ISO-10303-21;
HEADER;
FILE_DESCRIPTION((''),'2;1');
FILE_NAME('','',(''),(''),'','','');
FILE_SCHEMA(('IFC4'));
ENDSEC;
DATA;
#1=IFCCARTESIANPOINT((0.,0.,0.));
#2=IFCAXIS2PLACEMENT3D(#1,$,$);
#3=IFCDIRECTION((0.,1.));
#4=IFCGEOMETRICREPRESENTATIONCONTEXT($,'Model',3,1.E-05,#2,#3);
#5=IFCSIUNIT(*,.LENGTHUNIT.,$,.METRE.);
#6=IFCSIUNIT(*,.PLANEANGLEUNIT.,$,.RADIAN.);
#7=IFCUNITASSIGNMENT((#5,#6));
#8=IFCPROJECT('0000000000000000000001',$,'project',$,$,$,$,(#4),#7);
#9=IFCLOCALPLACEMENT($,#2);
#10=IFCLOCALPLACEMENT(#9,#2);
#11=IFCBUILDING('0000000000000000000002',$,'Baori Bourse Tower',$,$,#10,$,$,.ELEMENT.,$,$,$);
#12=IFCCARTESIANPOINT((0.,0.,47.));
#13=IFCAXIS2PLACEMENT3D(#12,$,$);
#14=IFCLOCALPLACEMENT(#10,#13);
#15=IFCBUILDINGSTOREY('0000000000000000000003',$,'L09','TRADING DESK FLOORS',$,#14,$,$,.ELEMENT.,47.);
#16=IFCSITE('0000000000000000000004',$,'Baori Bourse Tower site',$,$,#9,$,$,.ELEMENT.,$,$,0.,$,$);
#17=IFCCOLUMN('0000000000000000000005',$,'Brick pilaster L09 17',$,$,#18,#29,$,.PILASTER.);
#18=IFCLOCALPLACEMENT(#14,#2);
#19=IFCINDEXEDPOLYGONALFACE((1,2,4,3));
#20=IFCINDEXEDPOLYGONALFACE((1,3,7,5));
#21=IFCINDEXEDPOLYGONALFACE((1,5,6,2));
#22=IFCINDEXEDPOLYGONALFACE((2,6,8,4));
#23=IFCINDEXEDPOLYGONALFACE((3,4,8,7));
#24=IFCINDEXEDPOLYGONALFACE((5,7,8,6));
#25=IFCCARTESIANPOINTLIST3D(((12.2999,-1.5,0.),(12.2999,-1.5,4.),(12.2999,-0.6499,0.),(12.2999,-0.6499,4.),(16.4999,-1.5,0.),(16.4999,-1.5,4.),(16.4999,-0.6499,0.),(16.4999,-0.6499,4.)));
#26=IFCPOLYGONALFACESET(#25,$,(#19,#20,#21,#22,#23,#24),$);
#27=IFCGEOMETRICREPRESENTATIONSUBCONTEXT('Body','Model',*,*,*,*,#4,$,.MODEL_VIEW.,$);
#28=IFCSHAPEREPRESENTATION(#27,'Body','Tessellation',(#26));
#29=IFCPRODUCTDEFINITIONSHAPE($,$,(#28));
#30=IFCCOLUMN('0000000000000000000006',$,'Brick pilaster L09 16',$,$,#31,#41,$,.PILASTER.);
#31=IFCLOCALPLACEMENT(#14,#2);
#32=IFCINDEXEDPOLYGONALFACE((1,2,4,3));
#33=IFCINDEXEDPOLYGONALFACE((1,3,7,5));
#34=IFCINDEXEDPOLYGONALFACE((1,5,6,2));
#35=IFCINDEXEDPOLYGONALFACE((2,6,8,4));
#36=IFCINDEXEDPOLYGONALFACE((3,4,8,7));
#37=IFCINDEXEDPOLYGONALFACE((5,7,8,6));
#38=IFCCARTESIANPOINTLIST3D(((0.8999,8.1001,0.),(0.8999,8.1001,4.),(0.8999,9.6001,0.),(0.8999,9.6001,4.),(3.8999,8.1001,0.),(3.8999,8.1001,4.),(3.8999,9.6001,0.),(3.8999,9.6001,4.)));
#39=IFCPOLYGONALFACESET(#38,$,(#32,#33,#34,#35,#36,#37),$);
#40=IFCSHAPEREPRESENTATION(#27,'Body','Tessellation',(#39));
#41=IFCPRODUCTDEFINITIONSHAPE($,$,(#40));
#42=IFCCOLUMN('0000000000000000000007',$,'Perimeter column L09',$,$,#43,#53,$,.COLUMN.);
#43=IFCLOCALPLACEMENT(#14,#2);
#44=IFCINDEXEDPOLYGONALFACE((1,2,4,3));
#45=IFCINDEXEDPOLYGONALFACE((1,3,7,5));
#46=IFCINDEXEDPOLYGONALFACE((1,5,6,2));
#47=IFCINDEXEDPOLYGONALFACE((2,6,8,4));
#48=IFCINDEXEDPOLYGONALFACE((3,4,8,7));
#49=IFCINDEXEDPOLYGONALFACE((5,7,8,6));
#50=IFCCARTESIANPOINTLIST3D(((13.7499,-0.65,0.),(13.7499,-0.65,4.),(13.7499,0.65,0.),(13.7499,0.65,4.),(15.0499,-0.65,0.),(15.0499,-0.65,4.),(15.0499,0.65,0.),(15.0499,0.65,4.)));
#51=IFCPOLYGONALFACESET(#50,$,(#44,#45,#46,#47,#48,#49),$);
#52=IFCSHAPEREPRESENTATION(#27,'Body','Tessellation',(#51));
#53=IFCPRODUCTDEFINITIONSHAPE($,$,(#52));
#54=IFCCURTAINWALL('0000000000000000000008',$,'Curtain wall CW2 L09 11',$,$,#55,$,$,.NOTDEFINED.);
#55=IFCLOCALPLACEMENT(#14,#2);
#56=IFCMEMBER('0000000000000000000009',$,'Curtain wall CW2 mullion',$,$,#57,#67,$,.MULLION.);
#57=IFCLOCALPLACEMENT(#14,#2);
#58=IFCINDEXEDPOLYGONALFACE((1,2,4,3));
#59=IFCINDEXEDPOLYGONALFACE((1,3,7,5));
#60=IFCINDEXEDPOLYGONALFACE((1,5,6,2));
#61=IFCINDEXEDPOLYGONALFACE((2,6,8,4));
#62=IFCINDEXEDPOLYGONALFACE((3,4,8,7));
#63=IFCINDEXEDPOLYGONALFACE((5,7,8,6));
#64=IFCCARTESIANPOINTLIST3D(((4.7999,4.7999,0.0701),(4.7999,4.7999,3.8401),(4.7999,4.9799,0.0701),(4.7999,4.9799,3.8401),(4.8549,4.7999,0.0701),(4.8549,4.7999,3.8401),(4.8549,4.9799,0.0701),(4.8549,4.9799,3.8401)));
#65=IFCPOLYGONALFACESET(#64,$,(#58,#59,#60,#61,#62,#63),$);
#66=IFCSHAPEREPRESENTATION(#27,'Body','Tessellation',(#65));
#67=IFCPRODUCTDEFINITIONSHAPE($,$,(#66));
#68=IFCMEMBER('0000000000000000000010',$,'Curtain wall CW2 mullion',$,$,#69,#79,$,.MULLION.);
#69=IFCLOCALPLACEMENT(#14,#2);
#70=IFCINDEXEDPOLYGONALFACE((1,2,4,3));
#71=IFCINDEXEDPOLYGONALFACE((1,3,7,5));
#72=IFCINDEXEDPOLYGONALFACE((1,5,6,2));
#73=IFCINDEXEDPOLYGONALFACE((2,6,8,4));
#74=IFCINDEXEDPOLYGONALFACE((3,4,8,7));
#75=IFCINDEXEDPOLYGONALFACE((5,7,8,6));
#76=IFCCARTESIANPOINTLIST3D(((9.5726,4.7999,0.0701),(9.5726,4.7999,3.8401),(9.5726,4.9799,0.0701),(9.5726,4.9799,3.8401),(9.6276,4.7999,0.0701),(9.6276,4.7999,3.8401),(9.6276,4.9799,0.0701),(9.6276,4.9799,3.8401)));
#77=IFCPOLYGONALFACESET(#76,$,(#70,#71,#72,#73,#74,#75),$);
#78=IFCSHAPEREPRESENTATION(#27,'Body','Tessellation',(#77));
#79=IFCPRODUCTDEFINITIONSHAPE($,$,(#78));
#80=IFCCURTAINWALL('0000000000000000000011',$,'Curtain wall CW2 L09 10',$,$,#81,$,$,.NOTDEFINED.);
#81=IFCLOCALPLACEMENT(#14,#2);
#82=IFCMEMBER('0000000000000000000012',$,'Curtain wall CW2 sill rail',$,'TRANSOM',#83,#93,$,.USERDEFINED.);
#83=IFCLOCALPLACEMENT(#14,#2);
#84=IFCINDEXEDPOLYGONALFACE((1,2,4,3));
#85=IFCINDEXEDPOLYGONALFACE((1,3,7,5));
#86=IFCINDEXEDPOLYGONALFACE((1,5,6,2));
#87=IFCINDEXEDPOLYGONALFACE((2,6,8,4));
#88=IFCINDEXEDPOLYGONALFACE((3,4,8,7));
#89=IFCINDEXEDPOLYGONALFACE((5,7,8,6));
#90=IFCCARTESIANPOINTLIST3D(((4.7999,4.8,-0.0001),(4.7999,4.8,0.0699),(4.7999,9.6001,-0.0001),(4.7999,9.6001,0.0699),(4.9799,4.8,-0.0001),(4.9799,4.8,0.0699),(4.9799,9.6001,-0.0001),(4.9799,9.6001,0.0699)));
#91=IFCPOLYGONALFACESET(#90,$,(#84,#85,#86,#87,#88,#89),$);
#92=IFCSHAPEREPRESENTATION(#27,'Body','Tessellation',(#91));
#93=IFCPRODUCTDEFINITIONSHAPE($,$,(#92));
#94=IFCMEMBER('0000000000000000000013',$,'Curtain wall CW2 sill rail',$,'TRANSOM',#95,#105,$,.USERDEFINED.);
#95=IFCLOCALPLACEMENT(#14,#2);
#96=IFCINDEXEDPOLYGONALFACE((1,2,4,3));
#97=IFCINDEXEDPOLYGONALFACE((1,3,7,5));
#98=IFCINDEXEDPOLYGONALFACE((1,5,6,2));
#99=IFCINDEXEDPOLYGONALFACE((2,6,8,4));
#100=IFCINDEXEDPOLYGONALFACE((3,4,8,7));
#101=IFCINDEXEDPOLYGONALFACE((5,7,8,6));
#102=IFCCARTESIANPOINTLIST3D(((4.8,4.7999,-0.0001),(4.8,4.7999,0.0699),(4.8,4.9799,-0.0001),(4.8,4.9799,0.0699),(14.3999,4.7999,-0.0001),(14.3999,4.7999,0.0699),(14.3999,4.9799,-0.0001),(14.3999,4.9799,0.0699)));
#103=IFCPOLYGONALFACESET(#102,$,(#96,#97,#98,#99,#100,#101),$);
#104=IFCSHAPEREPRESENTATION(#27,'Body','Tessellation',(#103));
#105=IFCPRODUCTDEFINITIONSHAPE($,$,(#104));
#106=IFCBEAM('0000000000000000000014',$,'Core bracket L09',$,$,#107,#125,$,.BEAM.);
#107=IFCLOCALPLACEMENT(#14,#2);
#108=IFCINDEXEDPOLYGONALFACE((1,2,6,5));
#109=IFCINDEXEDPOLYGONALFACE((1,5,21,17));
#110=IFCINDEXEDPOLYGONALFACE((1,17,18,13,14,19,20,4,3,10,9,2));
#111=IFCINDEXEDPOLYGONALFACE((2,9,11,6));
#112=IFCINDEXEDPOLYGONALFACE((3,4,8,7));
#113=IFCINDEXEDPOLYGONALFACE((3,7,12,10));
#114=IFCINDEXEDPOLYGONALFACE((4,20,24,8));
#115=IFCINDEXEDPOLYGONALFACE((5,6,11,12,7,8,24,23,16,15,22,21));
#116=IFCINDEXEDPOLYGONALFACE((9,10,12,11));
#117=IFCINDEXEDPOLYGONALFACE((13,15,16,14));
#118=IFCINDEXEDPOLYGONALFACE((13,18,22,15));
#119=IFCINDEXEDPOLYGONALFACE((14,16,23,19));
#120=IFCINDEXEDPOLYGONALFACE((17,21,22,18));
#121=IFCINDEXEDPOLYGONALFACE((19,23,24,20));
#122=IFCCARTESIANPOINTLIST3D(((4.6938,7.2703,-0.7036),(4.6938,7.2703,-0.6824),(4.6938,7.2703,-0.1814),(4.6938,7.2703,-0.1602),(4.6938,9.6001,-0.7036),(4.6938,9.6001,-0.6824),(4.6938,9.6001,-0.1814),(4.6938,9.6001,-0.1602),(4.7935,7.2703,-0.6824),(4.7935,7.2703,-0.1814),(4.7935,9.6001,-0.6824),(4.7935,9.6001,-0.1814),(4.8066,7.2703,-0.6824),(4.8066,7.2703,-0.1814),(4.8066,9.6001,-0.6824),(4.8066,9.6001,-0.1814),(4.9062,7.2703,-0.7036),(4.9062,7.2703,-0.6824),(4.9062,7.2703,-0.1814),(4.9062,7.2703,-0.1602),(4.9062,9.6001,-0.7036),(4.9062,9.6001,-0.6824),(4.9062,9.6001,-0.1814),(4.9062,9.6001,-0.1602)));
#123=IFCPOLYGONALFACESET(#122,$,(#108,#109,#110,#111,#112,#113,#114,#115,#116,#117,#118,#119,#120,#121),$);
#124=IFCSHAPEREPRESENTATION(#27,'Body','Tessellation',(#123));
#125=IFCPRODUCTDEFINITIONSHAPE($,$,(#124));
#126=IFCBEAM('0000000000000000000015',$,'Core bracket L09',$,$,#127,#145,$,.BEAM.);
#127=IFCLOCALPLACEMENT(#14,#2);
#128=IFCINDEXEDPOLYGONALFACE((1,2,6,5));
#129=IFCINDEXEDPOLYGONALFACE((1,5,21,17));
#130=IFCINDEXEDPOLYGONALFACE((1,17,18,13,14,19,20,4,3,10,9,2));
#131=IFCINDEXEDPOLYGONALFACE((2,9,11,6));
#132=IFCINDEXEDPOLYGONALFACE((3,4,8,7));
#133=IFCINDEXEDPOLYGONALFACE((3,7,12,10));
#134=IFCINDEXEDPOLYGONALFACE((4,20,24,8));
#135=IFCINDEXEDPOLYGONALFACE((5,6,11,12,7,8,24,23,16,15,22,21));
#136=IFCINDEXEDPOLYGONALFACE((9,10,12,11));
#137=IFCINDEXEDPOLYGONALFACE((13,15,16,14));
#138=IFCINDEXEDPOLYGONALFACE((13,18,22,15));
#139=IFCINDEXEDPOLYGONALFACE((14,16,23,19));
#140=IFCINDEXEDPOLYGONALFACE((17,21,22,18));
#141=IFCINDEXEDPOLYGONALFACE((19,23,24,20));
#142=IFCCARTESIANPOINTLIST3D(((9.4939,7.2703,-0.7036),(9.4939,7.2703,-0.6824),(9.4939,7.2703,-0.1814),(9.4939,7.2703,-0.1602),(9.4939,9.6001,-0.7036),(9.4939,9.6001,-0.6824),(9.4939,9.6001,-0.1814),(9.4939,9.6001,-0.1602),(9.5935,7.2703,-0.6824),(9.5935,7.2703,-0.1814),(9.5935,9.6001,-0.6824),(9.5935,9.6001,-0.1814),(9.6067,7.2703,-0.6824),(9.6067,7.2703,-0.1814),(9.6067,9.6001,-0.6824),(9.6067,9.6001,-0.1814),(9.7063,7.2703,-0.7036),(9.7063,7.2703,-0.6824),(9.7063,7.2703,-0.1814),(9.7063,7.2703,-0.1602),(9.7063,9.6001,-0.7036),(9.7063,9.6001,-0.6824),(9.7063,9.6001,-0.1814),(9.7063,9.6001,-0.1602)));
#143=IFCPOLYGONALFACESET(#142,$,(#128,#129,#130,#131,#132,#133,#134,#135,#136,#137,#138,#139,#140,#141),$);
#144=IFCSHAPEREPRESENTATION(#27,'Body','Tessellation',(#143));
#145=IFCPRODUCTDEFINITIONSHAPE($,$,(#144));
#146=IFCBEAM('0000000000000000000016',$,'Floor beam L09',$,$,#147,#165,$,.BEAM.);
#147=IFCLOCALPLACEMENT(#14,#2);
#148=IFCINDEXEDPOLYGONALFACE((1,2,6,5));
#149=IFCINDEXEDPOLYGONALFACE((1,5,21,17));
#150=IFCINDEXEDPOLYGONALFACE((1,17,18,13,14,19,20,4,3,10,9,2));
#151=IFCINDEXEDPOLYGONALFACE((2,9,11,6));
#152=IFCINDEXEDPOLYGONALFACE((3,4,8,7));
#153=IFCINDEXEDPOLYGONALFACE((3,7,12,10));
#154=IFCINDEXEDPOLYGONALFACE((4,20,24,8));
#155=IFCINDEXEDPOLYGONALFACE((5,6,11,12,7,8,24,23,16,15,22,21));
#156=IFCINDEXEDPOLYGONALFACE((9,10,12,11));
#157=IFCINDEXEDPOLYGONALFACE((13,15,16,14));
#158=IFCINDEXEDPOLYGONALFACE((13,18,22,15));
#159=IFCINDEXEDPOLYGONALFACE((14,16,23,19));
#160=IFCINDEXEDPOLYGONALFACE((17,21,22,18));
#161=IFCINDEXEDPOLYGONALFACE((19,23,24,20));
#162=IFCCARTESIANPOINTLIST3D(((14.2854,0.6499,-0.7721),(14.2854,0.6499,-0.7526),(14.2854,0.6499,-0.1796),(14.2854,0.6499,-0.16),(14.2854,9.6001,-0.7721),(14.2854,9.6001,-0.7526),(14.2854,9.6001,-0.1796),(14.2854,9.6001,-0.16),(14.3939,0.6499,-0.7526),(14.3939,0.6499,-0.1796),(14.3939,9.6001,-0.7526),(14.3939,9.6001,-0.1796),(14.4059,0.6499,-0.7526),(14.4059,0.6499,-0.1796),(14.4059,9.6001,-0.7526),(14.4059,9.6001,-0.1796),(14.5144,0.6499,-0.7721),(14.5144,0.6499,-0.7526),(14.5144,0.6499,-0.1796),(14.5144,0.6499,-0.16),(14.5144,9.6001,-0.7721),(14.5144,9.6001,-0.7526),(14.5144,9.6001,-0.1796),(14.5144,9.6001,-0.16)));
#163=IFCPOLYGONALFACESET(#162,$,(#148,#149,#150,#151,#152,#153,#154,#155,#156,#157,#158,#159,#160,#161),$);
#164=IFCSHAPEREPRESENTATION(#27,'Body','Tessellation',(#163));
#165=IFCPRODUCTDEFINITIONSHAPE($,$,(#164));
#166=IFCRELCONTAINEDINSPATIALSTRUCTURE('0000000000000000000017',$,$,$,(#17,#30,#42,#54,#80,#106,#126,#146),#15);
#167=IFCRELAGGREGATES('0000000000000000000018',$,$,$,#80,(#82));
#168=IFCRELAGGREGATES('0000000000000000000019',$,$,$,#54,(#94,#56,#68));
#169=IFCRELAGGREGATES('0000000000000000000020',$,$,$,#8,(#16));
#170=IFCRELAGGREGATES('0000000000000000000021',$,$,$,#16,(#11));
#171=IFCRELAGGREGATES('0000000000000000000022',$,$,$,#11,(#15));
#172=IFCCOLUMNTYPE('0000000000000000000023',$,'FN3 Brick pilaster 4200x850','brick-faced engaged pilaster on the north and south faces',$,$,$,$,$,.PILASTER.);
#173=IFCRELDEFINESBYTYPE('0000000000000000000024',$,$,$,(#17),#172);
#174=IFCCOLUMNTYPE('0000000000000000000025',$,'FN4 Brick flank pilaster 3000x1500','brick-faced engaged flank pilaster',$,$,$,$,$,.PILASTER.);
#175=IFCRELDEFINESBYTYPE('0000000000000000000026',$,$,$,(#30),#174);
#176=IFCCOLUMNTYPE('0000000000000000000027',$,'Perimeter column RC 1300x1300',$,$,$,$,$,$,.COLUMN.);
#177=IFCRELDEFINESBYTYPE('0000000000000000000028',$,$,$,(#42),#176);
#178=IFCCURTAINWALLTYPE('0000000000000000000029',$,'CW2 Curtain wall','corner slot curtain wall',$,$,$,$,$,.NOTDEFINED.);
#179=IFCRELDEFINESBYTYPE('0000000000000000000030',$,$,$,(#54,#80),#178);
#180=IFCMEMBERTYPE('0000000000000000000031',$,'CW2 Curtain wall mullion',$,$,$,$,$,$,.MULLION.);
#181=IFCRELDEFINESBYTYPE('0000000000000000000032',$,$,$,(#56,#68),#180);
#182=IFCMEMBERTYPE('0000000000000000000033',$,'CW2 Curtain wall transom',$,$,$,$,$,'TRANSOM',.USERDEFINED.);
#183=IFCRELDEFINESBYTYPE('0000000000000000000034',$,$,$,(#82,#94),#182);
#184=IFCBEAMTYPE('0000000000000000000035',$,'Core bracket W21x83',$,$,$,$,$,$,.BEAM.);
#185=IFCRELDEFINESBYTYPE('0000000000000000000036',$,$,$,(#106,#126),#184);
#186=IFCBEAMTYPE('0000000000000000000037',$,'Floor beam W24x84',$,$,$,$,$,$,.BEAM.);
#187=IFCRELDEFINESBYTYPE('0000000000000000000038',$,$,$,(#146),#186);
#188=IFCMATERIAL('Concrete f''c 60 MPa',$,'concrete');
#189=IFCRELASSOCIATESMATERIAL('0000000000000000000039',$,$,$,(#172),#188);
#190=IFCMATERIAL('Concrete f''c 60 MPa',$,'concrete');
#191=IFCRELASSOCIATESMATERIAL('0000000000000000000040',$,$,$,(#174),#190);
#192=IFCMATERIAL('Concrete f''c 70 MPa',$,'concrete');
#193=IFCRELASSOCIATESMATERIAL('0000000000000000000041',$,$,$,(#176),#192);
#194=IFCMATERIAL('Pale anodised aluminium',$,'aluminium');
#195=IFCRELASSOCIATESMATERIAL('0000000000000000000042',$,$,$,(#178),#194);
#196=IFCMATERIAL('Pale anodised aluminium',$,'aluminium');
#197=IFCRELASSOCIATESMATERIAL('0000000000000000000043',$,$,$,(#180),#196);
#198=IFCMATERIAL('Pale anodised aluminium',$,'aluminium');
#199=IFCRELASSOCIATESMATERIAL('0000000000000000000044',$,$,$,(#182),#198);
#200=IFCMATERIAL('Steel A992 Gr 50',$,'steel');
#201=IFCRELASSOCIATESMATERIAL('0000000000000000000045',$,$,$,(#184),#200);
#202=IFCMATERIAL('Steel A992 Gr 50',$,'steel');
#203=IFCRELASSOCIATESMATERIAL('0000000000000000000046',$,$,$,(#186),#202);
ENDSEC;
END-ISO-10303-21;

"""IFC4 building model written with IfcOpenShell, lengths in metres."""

from ifc_helpers import new_model, si_unit, direction, frame, origin, origin_2d, place, context, subcontext, project, spatial, rectangle, i_section, extrude, material, material_profile, profile_set, type_object, element, aggregate, save


model = new_model("IFC4")

# Units and contexts
model_context = context("Model", 3, precision=1e-05, world=origin(), true_north=direction((0.0, 1.0)))
body_context = subcontext(model_context, "Body", "Model", "MODEL_VIEW")
ifc_project = project(units=[si_unit("LENGTHUNIT", "METRE"), si_unit("PLANEANGLEUNIT", "RADIAN")], contexts=[model_context])

# Site, building, storey
site_placement = place(None, origin())
site = spatial("IfcSite", under=ifc_project, at=site_placement, Name="Baori Bourse Tower site", CompositionType="ELEMENT", RefElevation=0.0)
building_placement = place(site_placement, origin())
building = spatial("IfcBuilding", under=site, at=building_placement, Name="Baori Bourse Tower", CompositionType="ELEMENT")
storey_placement = place(building_placement, frame((0.0, 0.0, 47.0)))
storey = spatial("IfcBuildingStorey", under=building, at=storey_placement, Name="L09", Description="TRADING DESK FLOORS", CompositionType="ELEMENT", Elevation=47.0)

# Columns
ifc_material_1 = material(Name="Concrete f'c 60 MPa", Category="concrete")
ifc_material_profile_1 = material_profile(ifc_material_1, rectangle(XDim=4.2, YDim=0.8501, at=origin_2d()), Name="RC 4200x850")
ifc_profile_set_1 = profile_set([ifc_material_profile_1], Name="Concrete f'c 60 MPa")
column_type_1 = type_object("IfcColumnType", Name="FN3 Brick pilaster 4200x850", Description="brick-faced engaged pilaster on the north and south faces", PredefinedType="PILASTER", material=ifc_profile_set_1)
column_1_placement = place(storey_placement, frame((14.3999, -1.075, 0.0), z_axis=(0.0, 0.0, 1.0), x_axis=(1.0, 0.0, 0.0)))
element("IfcColumn", 1, at=column_1_placement, inside=storey, type_object=column_type_1, Name="Brick pilaster L09 17", PredefinedType="PILASTER", context=body_context, shape_type="SweptSolid", body=[
    extrude(rectangle(XDim=4.2, YDim=0.8501, at=origin_2d()), origin(), (0.0, 0.0, 1.0), 4.0),
])
ifc_material_2 = material(Name="Concrete f'c 60 MPa", Category="concrete")
ifc_material_profile_2 = material_profile(ifc_material_2, rectangle(XDim=3.0, YDim=1.5, at=origin_2d()), Name="RC 3000x1500")
ifc_profile_set_2 = profile_set([ifc_material_profile_2], Name="Concrete f'c 60 MPa")
column_type_2 = type_object("IfcColumnType", Name="FN4 Brick flank pilaster 3000x1500", Description="brick-faced engaged flank pilaster", PredefinedType="PILASTER", material=ifc_profile_set_2)
column_2_placement = place(storey_placement, frame((2.3999, 8.8501, 0.0), z_axis=(0.0, 0.0, 1.0), x_axis=(1.0, 0.0, 0.0)))
element("IfcColumn", 2, at=column_2_placement, inside=storey, type_object=column_type_2, Name="Brick pilaster L09 16", PredefinedType="PILASTER", context=body_context, shape_type="SweptSolid", body=[
    extrude(rectangle(XDim=3.0, YDim=1.5, at=origin_2d()), origin(), (0.0, 0.0, 1.0), 4.0),
])
ifc_material_3 = material(Name="Concrete f'c 70 MPa", Category="concrete")
ifc_material_profile_3 = material_profile(ifc_material_3, rectangle(XDim=1.3, YDim=1.3, at=origin_2d()), Name="RC 1300x1300")
ifc_profile_set_3 = profile_set([ifc_material_profile_3], Name="Concrete f'c 70 MPa")
column_type_3 = type_object("IfcColumnType", Name="Perimeter column RC 1300x1300", PredefinedType="COLUMN", material=ifc_profile_set_3)
column_3_placement = place(storey_placement, frame((14.3999, 0.0, 0.0), z_axis=(0.0, 0.0, 1.0), x_axis=(1.0, 0.0, 0.0)))
element("IfcColumn", 3, at=column_3_placement, inside=storey, type_object=column_type_3, Name="Perimeter column L09", PredefinedType="COLUMN", context=body_context, shape_type="SweptSolid", body=[
    extrude(rectangle(XDim=1.3, YDim=1.3, at=origin_2d()), origin(), (0.0, 0.0, 1.0), 4.0),
])

# Curtain wall, members
ifc_material_4 = material(Name="Pale anodised aluminium", Category="aluminium")
curtain_wall_type = type_object("IfcCurtainWallType", Name="CW2 Curtain wall", Description="corner slot curtain wall", PredefinedType="NOTDEFINED", material=ifc_material_4)
curtain_wall_1_placement = place(storey_placement, origin())
curtain_wall_1 = element("IfcCurtainWall", 4, at=curtain_wall_1_placement, inside=storey, type_object=curtain_wall_type, Name="Curtain wall CW2 L09 11", PredefinedType="NOTDEFINED")
ifc_material_5 = material(Name="Pale anodised aluminium", Category="aluminium")
ifc_material_profile_4 = material_profile(ifc_material_5, rectangle(XDim=0.1799, YDim=0.0549, at=origin_2d()), Name="Mullion 55x180")
ifc_profile_set_4 = profile_set([ifc_material_profile_4], Name="Pale anodised aluminium")
member_type_1 = type_object("IfcMemberType", Name="CW2 Curtain wall mullion", PredefinedType="MULLION", material=ifc_profile_set_4)
member_1_placement = place(storey_placement, frame((4.8274, 4.8899, 0.0701), z_axis=(0.0, 0.0, 1.0), x_axis=(0.0, 1.0, 0.0)))
member_1 = element("IfcMember", 5, at=member_1_placement, type_object=member_type_1, Name="Curtain wall CW2 mullion", PredefinedType="MULLION", context=body_context, shape_type="SweptSolid", body=[
    extrude(rectangle(XDim=0.1799, YDim=0.0549, at=origin_2d()), origin(), (0.0, 0.0, 1.0), 3.77),
])
member_2_placement = place(storey_placement, frame((9.6001, 4.8899, 0.0701), z_axis=(0.0, 0.0, 1.0), x_axis=(0.0, 1.0, 0.0)))
member_2 = element("IfcMember", 6, at=member_2_placement, type_object=member_type_1, Name="Curtain wall CW2 mullion", PredefinedType="MULLION", context=body_context, shape_type="SweptSolid", body=[
    extrude(rectangle(XDim=0.1799, YDim=0.0549, at=origin_2d()), origin(), (0.0, 0.0, 1.0), 3.77),
])

# Curtain wall, member
curtain_wall_2_placement = place(storey_placement, origin())
curtain_wall_2 = element("IfcCurtainWall", 7, at=curtain_wall_2_placement, inside=storey, type_object=curtain_wall_type, Name="Curtain wall CW2 L09 10", PredefinedType="NOTDEFINED")
ifc_material_6 = material(Name="Pale anodised aluminium", Category="aluminium")
ifc_material_profile_5 = material_profile(ifc_material_6, rectangle(XDim=0.1799, YDim=0.0701, at=origin_2d()), Name="Transom 70x180")
ifc_profile_set_5 = profile_set([ifc_material_profile_5], Name="Pale anodised aluminium")
member_type_2 = type_object("IfcMemberType", Name="CW2 Curtain wall transom", ElementType="TRANSOM", PredefinedType="USERDEFINED", material=ifc_profile_set_5)
member_3_placement = place(storey_placement, frame((4.8899, 9.6001, 0.0349), z_axis=(0.0, -1.0, 0.0), x_axis=(1.0, 0.0, 0.0)))
member_3 = element("IfcMember", 8, at=member_3_placement, type_object=member_type_2, Name="Curtain wall CW2 sill rail", ObjectType="TRANSOM", PredefinedType="USERDEFINED", context=body_context, shape_type="SweptSolid", body=[
    extrude(rectangle(XDim=0.1799, YDim=0.0701, at=origin_2d()), origin(), (0.0, 0.0, 1.0), 4.8),
])

# Member
member_4_placement = place(storey_placement, frame((4.8, 4.8899, 0.0349), z_axis=(1.0, 0.0, 0.0), x_axis=(0.0, 1.0, 0.0)))
member_4 = element("IfcMember", 9, at=member_4_placement, type_object=member_type_2, Name="Curtain wall CW2 sill rail", ObjectType="TRANSOM", PredefinedType="USERDEFINED", context=body_context, shape_type="SweptSolid", body=[
    extrude(rectangle(XDim=0.1799, YDim=0.0701, at=origin_2d()), origin(), (0.0, 0.0, 1.0), 9.5999),
])

# Beams
ifc_material_7 = material(Name="Steel A992 Gr 50", Category="steel")
ifc_material_profile_6 = material_profile(ifc_material_7, i_section(OverallWidth=0.2124, OverallDepth=0.5435, WebThickness=0.0132, FlangeThickness=0.0212, at=origin_2d()), Name="W21x83")
ifc_profile_set_6 = profile_set([ifc_material_profile_6], Name="Steel A992 Gr 50")
beam_type_1 = type_object("IfcBeamType", Name="Core bracket W21x83", PredefinedType="BEAM", material=ifc_profile_set_6)
for number, where, z_axis, x_axis, name in (
    (10, (4.8, 7.2703, -0.4319), (0.0, 1.0, 0.0), (-1.0, 0.0, 0.0), "Core bracket L09"),
    (11, (9.6001, 7.2703, -0.4319), (0.0, 1.0, 0.0), (-1.0, 0.0, 0.0), "Core bracket L09"),
):
    element("IfcBeam", number, at=place(storey_placement, frame(where, z_axis=z_axis, x_axis=x_axis)), inside=storey, type_object=beam_type_1, Name=name, PredefinedType="BEAM", context=body_context, shape_type="SweptSolid", body=[
        extrude(i_section(OverallWidth=0.2124, OverallDepth=0.5435, WebThickness=0.0132, FlangeThickness=0.0212, at=origin_2d()), origin(), (0.0, 0.0, 1.0), 2.3298),
    ])
ifc_material_8 = material(Name="Steel A992 Gr 50", Category="steel")
ifc_material_profile_7 = material_profile(ifc_material_8, i_section(OverallWidth=0.229, OverallDepth=0.6121, WebThickness=0.012, FlangeThickness=0.0195, at=origin_2d()), Name="W24x84")
ifc_profile_set_7 = profile_set([ifc_material_profile_7], Name="Steel A992 Gr 50")
beam_type_2 = type_object("IfcBeamType", Name="Floor beam W24x84", PredefinedType="BEAM", material=ifc_profile_set_7)
beam_1_placement = place(storey_placement, frame((14.3999, 0.6499, -0.4661), z_axis=(0.0, 1.0, 0.0), x_axis=(-1.0, 0.0, 0.0)))
element("IfcBeam", 12, at=beam_1_placement, inside=storey, type_object=beam_type_2, Name="Floor beam L09", PredefinedType="BEAM", context=body_context, shape_type="SweptSolid", body=[
    extrude(i_section(OverallWidth=0.229, OverallDepth=0.6121, WebThickness=0.012, FlangeThickness=0.0195, at=origin_2d()), origin(), (0.0, 0.0, 1.0), 8.9502),
])

aggregate(curtain_wall_2, [member_3])
aggregate(curtain_wall_1, [member_4, member_1, member_2])

save(model, "model.ifc")
